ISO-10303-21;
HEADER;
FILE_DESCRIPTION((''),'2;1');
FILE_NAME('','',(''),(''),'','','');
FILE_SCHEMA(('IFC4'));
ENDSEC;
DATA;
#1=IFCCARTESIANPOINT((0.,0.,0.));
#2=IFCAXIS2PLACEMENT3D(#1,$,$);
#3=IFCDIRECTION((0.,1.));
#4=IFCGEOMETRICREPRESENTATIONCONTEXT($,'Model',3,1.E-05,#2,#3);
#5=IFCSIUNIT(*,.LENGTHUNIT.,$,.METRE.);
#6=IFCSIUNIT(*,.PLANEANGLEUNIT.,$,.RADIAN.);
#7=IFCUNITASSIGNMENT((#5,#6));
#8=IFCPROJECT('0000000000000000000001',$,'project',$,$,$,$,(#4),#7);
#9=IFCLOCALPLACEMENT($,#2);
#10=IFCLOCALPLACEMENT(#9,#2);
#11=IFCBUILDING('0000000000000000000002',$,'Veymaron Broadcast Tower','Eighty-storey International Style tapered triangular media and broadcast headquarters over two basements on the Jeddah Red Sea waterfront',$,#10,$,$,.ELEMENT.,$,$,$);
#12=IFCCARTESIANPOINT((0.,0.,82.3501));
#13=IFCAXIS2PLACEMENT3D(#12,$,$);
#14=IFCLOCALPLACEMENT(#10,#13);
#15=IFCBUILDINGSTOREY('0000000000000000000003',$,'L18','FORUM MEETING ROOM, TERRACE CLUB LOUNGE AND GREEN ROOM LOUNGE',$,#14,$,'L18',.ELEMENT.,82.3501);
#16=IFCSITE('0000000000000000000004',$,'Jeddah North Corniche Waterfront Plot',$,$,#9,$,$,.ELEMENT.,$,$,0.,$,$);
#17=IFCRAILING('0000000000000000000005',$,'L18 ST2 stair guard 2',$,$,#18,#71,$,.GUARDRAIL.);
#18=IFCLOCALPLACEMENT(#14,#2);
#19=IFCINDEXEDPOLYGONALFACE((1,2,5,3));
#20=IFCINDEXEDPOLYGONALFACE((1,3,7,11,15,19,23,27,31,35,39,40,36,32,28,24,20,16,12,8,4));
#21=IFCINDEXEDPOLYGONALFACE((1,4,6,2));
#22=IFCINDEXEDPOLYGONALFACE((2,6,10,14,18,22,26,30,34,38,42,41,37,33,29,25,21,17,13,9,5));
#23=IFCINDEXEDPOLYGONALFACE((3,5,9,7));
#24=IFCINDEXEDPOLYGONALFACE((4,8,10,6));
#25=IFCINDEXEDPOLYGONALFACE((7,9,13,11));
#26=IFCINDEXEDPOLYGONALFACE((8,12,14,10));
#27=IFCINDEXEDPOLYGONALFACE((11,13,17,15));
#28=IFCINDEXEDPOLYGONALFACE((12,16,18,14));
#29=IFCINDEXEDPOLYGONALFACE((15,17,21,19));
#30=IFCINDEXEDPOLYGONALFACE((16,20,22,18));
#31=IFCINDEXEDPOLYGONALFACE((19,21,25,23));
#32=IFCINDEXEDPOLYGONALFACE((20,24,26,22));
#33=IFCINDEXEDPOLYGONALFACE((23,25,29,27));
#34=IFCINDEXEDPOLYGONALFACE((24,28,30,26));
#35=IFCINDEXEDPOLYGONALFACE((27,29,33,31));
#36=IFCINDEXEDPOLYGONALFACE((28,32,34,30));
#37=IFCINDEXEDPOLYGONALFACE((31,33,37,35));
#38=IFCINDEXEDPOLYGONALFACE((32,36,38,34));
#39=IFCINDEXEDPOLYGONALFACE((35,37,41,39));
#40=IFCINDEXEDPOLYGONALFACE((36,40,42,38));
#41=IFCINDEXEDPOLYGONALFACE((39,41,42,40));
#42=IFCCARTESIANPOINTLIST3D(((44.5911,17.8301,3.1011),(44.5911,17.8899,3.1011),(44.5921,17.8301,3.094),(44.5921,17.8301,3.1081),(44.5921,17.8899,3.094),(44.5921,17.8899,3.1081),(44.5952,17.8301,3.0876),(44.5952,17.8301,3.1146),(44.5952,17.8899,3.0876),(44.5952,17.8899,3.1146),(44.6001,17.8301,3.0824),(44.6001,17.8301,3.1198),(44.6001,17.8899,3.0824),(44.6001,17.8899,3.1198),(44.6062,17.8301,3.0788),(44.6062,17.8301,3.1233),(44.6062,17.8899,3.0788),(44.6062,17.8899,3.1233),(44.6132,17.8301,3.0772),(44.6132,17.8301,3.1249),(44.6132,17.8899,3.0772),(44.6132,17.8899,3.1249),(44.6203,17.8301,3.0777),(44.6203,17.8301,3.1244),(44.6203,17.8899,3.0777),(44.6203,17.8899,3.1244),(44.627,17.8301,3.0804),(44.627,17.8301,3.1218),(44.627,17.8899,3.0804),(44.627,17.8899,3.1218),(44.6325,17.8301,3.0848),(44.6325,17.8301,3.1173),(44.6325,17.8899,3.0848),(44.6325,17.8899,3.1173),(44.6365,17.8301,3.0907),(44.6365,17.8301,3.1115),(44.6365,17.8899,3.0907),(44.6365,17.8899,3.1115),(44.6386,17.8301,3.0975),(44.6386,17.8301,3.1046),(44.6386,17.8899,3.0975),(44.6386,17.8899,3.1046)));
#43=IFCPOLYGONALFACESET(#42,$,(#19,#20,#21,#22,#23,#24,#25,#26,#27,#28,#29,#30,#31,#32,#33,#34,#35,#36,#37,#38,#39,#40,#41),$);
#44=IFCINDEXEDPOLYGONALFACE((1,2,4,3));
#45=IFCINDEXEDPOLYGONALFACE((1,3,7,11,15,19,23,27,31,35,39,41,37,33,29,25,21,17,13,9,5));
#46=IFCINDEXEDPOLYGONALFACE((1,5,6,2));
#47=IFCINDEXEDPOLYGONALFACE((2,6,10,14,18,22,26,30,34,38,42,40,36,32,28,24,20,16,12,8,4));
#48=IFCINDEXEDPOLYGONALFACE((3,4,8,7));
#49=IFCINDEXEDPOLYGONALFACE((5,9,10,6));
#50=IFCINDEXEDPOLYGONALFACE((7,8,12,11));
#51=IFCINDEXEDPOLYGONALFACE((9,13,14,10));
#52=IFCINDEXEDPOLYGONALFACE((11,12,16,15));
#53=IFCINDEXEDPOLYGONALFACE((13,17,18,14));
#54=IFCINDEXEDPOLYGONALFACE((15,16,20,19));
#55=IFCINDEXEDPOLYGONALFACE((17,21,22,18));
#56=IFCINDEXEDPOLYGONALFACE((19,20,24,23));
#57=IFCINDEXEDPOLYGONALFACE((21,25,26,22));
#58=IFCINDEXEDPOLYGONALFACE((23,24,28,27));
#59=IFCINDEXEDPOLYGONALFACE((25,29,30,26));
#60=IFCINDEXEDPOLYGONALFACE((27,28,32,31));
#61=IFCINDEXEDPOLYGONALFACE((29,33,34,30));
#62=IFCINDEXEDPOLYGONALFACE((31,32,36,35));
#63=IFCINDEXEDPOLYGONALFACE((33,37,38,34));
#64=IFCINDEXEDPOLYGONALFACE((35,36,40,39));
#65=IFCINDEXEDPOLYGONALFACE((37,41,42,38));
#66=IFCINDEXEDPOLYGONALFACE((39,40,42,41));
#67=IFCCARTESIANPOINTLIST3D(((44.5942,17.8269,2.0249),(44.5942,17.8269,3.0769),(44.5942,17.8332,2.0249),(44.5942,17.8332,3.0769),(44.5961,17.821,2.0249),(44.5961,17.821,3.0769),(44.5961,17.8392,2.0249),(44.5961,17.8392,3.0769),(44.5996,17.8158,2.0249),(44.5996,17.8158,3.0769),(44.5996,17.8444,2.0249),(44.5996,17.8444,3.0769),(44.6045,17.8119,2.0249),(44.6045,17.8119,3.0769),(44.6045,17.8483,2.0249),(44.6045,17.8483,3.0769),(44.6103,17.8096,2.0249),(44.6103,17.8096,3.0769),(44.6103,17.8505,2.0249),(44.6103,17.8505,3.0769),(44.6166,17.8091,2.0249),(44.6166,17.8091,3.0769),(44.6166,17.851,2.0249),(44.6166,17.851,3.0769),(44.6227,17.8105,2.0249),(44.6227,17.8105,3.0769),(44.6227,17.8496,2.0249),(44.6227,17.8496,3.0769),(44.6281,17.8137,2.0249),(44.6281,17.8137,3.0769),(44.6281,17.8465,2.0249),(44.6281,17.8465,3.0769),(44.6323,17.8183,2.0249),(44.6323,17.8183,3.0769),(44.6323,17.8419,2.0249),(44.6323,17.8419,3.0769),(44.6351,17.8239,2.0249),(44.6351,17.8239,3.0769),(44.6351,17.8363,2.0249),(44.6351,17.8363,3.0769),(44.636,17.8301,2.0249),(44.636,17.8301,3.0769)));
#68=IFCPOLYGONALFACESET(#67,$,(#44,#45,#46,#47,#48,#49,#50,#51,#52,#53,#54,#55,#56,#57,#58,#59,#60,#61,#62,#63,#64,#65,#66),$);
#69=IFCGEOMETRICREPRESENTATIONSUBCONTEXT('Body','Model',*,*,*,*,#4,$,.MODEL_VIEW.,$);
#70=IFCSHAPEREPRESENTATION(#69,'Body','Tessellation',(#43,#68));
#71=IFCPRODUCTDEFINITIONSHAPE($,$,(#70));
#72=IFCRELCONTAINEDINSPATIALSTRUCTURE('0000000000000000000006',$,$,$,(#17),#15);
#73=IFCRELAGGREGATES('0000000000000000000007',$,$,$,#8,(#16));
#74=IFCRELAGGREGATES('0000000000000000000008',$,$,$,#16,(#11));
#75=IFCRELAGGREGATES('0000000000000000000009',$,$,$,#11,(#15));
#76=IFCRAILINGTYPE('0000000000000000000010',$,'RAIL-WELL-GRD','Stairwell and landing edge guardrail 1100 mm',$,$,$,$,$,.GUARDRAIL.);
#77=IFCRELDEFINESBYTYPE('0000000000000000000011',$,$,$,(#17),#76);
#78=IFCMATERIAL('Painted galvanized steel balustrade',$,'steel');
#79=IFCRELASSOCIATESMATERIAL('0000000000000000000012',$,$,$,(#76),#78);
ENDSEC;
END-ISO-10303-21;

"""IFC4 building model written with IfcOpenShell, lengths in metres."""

from ifc_helpers import new_model, si_unit, direction, frame, origin, origin_2d, place, context, subcontext, project, spatial, circle, extrude, material, type_object, element, save


model = new_model("IFC4")

# Units and contexts
model_context = context("Model", 3, precision=1e-05, world=origin(), true_north=direction((0.0, 1.0)))
body_context = subcontext(model_context, "Body", "Model", "MODEL_VIEW")
ifc_project = project(units=[si_unit("LENGTHUNIT", "METRE"), si_unit("PLANEANGLEUNIT", "RADIAN")], contexts=[model_context])

# Site, building, storey
site_placement = place(None, origin())
site = spatial("IfcSite", under=ifc_project, at=site_placement, Name="Jeddah North Corniche Waterfront Plot", CompositionType="ELEMENT", RefElevation=0.0)
building_placement = place(site_placement, origin())
building = spatial("IfcBuilding", under=site, at=building_placement, Name="Veymaron Broadcast Tower", Description="Eighty-storey International Style tapered triangular media and broadcast headquarters over two basements on the Jeddah Red Sea waterfront", CompositionType="ELEMENT")
storey_placement = place(building_placement, frame((0.0, 0.0, 82.3501)))
storey = spatial("IfcBuildingStorey", under=building, at=storey_placement, Name="L18", Description="FORUM MEETING ROOM, TERRACE CLUB LOUNGE AND GREEN ROOM LOUNGE", LongName="L18", CompositionType="ELEMENT", Elevation=82.3501)

# Railing
ifc_material_1 = material(Name="Painted galvanized steel balustrade", Category="steel")
railing_type_1 = type_object("IfcRailingType", Name="RAIL-WELL-GRD", Description="Stairwell and landing edge guardrail 1100 mm", PredefinedType="GUARDRAIL", material=ifc_material_1)
railing_1_placement = place(storey_placement, frame((44.615, 17.8301, 2.0249)))
element("IfcRailing", 1, at=railing_1_placement, inside=storey, type_object=railing_type_1, Name="L18 ST2 stair guard 2", PredefinedType="GUARDRAIL", context=body_context, shape_type="SweptSolid", body=[
    extrude(circle(Radius=0.0239, at=origin_2d()), frame((0.0, 0.0, 1.0762), z_axis=(0.0, 1.0, 0.0), x_axis=(-1.0, 0.0, 0.0)), (0.0, 0.0, 1.0), 0.0598),
    extrude(circle(Radius=0.021, at=origin_2d()), origin(), (0.0, 0.0, 1.0), 1.052),
])

save(model, "model.ifc")
